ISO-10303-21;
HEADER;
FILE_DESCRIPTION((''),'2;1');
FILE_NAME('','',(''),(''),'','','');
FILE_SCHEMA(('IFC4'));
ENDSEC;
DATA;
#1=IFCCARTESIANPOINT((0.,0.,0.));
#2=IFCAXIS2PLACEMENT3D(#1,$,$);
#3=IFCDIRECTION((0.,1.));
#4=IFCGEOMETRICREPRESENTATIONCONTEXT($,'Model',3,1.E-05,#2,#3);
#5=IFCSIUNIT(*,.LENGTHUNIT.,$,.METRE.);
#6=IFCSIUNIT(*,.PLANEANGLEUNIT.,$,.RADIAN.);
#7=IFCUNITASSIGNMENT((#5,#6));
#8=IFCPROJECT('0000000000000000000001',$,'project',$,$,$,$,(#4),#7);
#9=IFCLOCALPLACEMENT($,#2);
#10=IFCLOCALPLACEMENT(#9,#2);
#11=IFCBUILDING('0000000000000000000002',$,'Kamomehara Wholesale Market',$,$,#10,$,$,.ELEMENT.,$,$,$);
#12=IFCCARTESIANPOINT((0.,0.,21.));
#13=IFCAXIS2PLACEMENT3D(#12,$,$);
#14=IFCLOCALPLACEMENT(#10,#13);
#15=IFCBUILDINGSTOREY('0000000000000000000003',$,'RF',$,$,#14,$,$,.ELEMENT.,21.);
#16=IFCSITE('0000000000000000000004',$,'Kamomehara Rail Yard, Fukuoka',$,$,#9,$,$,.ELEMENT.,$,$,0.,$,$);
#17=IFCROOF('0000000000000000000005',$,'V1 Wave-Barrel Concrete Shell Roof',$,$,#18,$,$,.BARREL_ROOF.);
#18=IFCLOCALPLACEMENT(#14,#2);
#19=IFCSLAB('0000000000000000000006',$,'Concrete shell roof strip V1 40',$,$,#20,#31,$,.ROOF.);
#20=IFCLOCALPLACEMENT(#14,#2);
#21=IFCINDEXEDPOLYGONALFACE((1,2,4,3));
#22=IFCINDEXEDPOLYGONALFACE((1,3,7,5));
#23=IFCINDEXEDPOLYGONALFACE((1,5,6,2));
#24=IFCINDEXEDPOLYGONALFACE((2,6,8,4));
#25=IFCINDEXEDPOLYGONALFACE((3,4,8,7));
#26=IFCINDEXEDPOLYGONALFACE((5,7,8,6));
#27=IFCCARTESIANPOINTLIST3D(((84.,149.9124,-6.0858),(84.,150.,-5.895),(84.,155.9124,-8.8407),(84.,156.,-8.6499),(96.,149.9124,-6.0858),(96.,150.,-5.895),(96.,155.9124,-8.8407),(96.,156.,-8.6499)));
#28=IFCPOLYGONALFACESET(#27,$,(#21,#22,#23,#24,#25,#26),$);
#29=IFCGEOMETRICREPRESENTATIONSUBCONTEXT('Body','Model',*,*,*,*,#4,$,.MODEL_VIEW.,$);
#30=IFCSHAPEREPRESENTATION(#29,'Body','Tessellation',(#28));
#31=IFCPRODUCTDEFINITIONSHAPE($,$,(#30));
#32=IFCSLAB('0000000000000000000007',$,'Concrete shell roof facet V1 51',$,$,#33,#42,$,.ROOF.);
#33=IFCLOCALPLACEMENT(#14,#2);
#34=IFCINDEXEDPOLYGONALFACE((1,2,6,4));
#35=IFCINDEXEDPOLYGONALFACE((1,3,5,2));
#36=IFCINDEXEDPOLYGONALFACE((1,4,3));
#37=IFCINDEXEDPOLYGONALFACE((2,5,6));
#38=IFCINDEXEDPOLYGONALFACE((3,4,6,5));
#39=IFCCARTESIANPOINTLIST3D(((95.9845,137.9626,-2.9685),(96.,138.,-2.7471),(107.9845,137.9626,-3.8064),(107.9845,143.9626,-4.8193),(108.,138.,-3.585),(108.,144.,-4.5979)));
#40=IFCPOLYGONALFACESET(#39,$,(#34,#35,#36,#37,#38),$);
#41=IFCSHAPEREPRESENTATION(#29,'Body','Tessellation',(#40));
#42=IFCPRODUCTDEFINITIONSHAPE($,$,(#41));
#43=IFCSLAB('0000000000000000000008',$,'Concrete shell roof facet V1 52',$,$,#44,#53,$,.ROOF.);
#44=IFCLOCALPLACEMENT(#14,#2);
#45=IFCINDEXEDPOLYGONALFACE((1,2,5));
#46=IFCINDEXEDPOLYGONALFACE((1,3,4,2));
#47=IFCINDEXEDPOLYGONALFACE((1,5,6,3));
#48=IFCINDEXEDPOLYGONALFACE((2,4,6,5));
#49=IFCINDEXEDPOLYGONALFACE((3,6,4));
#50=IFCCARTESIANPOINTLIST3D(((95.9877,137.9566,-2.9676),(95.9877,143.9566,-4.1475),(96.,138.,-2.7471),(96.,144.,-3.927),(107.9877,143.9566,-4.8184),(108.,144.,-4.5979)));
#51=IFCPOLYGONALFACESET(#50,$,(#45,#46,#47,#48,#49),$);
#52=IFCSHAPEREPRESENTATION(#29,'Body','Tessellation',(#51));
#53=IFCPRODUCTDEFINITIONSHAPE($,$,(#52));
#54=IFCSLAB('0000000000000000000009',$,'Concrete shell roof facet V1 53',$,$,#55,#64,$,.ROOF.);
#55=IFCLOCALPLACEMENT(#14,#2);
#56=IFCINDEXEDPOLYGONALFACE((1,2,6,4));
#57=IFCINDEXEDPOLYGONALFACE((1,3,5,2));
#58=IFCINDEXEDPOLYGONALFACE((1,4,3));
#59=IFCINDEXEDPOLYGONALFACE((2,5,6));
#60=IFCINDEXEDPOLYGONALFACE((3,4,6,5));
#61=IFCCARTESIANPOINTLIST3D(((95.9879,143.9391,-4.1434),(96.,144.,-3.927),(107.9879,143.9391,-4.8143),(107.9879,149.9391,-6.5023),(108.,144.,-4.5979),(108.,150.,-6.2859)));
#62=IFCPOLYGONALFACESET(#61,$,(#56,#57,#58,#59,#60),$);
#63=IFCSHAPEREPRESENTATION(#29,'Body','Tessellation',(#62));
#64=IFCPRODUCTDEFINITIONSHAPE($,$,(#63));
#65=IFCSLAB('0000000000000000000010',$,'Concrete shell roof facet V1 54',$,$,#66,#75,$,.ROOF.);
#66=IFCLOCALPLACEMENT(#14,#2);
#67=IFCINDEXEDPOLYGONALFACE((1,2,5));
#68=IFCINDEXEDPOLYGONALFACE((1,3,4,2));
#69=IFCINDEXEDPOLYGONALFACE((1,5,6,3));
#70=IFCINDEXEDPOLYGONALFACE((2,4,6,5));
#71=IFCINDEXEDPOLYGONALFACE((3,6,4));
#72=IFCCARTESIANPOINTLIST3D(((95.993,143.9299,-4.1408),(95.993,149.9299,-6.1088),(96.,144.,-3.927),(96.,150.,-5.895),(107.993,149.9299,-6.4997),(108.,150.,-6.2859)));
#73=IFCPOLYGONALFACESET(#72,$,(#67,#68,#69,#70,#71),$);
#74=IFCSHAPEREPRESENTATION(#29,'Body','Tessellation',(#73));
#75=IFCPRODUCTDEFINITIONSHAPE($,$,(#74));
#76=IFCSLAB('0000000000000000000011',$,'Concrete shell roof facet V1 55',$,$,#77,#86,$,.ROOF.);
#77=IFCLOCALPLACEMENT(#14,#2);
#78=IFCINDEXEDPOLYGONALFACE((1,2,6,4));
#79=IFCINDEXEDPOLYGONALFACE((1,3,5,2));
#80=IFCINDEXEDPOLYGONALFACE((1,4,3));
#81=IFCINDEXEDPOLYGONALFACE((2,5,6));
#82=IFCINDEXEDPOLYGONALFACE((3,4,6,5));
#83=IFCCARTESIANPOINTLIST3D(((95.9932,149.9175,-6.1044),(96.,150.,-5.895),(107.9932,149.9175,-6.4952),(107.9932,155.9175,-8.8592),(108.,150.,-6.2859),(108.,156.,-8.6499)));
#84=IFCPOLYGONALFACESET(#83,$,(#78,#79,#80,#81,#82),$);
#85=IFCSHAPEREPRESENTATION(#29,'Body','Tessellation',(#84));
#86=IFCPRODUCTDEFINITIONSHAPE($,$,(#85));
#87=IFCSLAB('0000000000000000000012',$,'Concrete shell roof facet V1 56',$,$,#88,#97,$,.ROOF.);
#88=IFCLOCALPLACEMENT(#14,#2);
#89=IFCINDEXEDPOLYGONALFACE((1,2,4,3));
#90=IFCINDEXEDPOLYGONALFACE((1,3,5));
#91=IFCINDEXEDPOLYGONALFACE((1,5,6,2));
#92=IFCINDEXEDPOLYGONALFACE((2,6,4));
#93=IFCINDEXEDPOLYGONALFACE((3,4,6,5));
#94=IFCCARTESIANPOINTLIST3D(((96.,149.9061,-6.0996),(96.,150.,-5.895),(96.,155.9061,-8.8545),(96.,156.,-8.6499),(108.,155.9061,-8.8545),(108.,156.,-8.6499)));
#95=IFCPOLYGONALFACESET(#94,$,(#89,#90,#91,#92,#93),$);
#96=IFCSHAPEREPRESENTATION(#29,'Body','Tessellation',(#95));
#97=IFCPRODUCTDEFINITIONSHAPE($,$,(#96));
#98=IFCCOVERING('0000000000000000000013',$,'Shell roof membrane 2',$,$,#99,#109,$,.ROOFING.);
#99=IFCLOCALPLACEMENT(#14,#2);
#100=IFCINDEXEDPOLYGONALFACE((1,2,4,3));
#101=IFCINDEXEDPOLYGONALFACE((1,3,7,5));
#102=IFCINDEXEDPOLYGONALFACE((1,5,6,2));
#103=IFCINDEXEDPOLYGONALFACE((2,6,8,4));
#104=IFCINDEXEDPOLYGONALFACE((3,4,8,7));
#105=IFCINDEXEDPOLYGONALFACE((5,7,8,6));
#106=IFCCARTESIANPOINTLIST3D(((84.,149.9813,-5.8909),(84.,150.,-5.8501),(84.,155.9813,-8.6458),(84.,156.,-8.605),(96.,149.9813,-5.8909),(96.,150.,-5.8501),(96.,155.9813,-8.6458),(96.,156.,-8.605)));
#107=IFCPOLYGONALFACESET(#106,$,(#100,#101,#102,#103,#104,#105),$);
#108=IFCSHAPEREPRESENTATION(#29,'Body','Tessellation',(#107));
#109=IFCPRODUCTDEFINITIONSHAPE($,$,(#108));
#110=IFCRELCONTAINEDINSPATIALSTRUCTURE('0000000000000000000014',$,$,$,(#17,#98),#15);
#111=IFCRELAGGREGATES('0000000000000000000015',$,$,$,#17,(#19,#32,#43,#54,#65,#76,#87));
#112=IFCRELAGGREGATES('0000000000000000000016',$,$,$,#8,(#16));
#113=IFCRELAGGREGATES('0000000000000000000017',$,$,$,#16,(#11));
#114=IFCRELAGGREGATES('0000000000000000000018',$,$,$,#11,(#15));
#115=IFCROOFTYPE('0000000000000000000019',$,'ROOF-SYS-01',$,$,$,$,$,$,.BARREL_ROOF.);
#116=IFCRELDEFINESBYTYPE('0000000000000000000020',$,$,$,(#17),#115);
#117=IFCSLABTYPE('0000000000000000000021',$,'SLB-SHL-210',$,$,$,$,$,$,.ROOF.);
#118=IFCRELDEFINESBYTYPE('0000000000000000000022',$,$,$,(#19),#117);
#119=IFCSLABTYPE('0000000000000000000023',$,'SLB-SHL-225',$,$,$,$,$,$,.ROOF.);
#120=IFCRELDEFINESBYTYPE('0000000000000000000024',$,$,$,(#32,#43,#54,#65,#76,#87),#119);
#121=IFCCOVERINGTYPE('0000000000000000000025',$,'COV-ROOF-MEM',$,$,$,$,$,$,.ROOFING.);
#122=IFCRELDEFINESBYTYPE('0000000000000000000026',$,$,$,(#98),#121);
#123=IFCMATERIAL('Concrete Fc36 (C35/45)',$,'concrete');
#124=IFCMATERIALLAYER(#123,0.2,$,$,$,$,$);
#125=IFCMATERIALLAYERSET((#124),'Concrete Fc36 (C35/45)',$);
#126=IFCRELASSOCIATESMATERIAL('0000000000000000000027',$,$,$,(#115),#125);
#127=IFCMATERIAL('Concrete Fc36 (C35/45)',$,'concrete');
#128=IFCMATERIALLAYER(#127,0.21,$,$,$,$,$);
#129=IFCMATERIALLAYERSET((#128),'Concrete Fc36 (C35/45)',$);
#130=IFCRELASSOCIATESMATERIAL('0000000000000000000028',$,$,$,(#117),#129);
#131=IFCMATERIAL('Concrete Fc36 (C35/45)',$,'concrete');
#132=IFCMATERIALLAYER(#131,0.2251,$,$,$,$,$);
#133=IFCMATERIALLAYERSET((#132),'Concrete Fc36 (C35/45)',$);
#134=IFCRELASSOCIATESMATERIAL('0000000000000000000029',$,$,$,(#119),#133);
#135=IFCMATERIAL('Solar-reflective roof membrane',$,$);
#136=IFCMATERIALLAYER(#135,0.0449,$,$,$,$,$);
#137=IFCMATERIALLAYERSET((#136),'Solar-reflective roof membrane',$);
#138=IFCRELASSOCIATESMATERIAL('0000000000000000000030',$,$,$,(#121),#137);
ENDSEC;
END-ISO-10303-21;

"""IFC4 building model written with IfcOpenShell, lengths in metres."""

from ifc_helpers import new_model, si_unit, direction, frame, origin, place, context, subcontext, project, spatial, polyline, outline, extrude, material, layer, layer_set, type_object, element, aggregate, save


model = new_model("IFC4")

# Units and contexts
model_context = context("Model", 3, precision=1e-05, world=origin(), true_north=direction((0.0, 1.0)))
body_context = subcontext(model_context, "Body", "Model", "MODEL_VIEW")
ifc_project = project(units=[si_unit("LENGTHUNIT", "METRE"), si_unit("PLANEANGLEUNIT", "RADIAN")], contexts=[model_context])

# Site, building, storey
site_placement = place(None, origin())
site = spatial("IfcSite", under=ifc_project, at=site_placement, Name="Kamomehara Rail Yard, Fukuoka", CompositionType="ELEMENT", RefElevation=0.0)
building_placement = place(site_placement, origin())
building = spatial("IfcBuilding", under=site, at=building_placement, Name="Kamomehara Wholesale Market", CompositionType="ELEMENT")
storey_placement = place(building_placement, frame((0.0, 0.0, 21.0)))
storey = spatial("IfcBuildingStorey", under=building, at=storey_placement, Name="RF", CompositionType="ELEMENT", Elevation=21.0)

# Roof, slabs
ifc_material_1 = material(Name="Concrete Fc36 (C35/45)", Category="concrete")
ifc_layer_1 = layer(ifc_material_1, 0.2)
ifc_layer_set_1 = layer_set([ifc_layer_1], Name="Concrete Fc36 (C35/45)")
roof_type_1 = type_object("IfcRoofType", Name="ROOF-SYS-01", PredefinedType="BARREL_ROOF", material=ifc_layer_set_1)
roof_1_placement = place(storey_placement, origin())
roof_1 = element("IfcRoof", 1, at=roof_1_placement, inside=storey, type_object=roof_type_1, Name="V1 Wave-Barrel Concrete Shell Roof", PredefinedType="BARREL_ROOF")
ifc_material_2 = material(Name="Concrete Fc36 (C35/45)", Category="concrete")
ifc_layer_2 = layer(ifc_material_2, 0.21)
ifc_layer_set_2 = layer_set([ifc_layer_2], Name="Concrete Fc36 (C35/45)")
slab_type_1 = type_object("IfcSlabType", Name="SLB-SHL-210", PredefinedType="ROOF", material=ifc_layer_set_2)
slab_1_placement = place(storey_placement, frame((84.0, 150.0, -5.895), z_axis=(0.0, 0.417266, 0.908784), x_axis=(1.0, 0.0, 0.0)))
slab_1 = element("IfcSlab", 2, at=slab_1_placement, type_object=slab_type_1, Name="Concrete shell roof strip V1 40", PredefinedType="ROOF", context=body_context, shape_type="SweptSolid", body=[
    extrude(outline(polyline([(0.0, 0.0), (12.0, 0.0), (12.0, 6.6022), (0.0, 6.6022), (0.0, 0.0)])), origin(), (0.0, 0.0, -1.0), 0.21),
])
ifc_material_3 = material(Name="Concrete Fc36 (C35/45)", Category="concrete")
ifc_layer_3 = layer(ifc_material_3, 0.2251)
ifc_layer_set_3 = layer_set([ifc_layer_3], Name="Concrete Fc36 (C35/45)")
slab_type_2 = type_object("IfcSlabType", Name="SLB-SHL-225", PredefinedType="ROOF", material=ifc_layer_set_3)
slab_2_placement = place(storey_placement, frame((96.0, 138.0, -2.7471), z_axis=(0.068687, 0.166074, 0.983718), x_axis=(0.997571, 0.0, -0.069655)))
slab_2 = element("IfcSlab", 3, at=slab_2_placement, type_object=slab_type_2, Name="Concrete shell roof facet V1 51", PredefinedType="ROOF", context=body_context, shape_type="SweptSolid", body=[
    extrude(outline(polyline([(0.0, 0.0), (12.0292, 0.0), (12.0998, 6.0845), (0.0, 0.0)])), origin(), (0.0, 0.0, -1.0), 0.2251),
])
slab_3_placement = place(storey_placement, frame((96.0, 138.0, -2.7471), z_axis=(0.054775, 0.19267, 0.979734), x_axis=(0.886036, 0.443018, -0.136658)))
slab_3 = element("IfcSlab", 4, at=slab_3_placement, type_object=slab_type_2, Name="Concrete shell roof facet V1 52", PredefinedType="ROOF", context=body_context, shape_type="SweptSolid", body=[
    extrude(outline(polyline([(0.0, 0.0), (13.5435, 0.0), (2.8194, 5.4262), (0.0, 0.0)])), origin(), (0.0, 0.0, -1.0), 0.2251),
])
slab_4_placement = place(storey_placement, frame((96.0, 144.0, -3.927), z_axis=(0.053741, 0.270427, 0.961239), x_axis=(0.998441, 0.0, -0.055821)))
slab_4 = element("IfcSlab", 5, at=slab_4_placement, type_object=slab_type_2, Name="Concrete shell roof facet V1 53", PredefinedType="ROOF", context=body_context, shape_type="SweptSolid", body=[
    extrude(outline(polyline([(0.0, 0.0), (12.0187, 0.0), (12.113, 6.2322), (0.0, 0.0)])), origin(), (0.0, 0.0, -1.0), 0.2251),
])
slab_5_placement = place(storey_placement, frame((96.0, 144.0, -3.927), z_axis=(0.030935, 0.311517, 0.949737), x_axis=(0.880915, 0.440457, -0.173165)))
slab_5 = element("IfcSlab", 6, at=slab_5_placement, type_object=slab_type_2, Name="Concrete shell roof facet V1 54", PredefinedType="ROOF", context=body_context, shape_type="SweptSolid", body=[
    extrude(outline(polyline([(0.0, 0.0), (13.6222, 0.0), (2.9835, 5.5652), (0.0, 0.0)])), origin(), (0.0, 0.0, -1.0), 0.2251),
])
slab_6_placement = place(storey_placement, frame((96.0, 150.0, -5.895), z_axis=(0.030291, 0.366407, 0.929962), x_axis=(0.99947, 0.0, -0.032555)))
slab_6 = element("IfcSlab", 7, at=slab_6_placement, type_object=slab_type_2, Name="Concrete shell roof facet V1 55", PredefinedType="ROOF", context=body_context, shape_type="SweptSolid", body=[
    extrude(outline(polyline([(0.0, 0.0), (12.0064, 0.0), (12.0833, 6.4485), (0.0, 0.0)])), origin(), (0.0, 0.0, -1.0), 0.2251),
])
slab_7_placement = place(storey_placement, frame((96.0, 150.0, -5.895), z_axis=(0.0, 0.417266, 0.908784), x_axis=(0.876147, 0.438074, -0.20114)))
slab_7 = element("IfcSlab", 8, at=slab_7_placement, type_object=slab_type_2, Name="Concrete shell roof facet V1 56", PredefinedType="ROOF", context=body_context, shape_type="SweptSolid", body=[
    extrude(outline(polyline([(0.0, 0.0), (13.6963, 0.0), (3.1826, 5.7845), (0.0, 0.0)])), origin(), (0.0, 0.0, -1.0), 0.2251),
])
aggregate(roof_1, [slab_1, slab_2, slab_3, slab_4, slab_5, slab_6, slab_7])

# Covering
ifc_material_4 = material(Name="Solar-reflective roof membrane")
ifc_layer_4 = layer(ifc_material_4, 0.0449)
ifc_layer_set_4 = layer_set([ifc_layer_4], Name="Solar-reflective roof membrane")
covering_type = type_object("IfcCoveringType", Name="COV-ROOF-MEM", PredefinedType="ROOFING", material=ifc_layer_set_4)
covering_placement = place(storey_placement, frame((84.0, 150.0, -5.8501), z_axis=(0.0, 0.417266, 0.908784), x_axis=(1.0, 0.0, 0.0)))
element("IfcCovering", 9, at=covering_placement, inside=storey, type_object=covering_type, Name="Shell roof membrane 2", PredefinedType="ROOFING", context=body_context, shape_type="SweptSolid", body=[
    extrude(outline(polyline([(0.0, 0.0), (12.0, 0.0), (12.0, 6.6022), (0.0, 6.6022), (0.0, 0.0)])), origin(), (0.0, 0.0, -1.0), 0.0449),
])

save(model, "model.ifc")
